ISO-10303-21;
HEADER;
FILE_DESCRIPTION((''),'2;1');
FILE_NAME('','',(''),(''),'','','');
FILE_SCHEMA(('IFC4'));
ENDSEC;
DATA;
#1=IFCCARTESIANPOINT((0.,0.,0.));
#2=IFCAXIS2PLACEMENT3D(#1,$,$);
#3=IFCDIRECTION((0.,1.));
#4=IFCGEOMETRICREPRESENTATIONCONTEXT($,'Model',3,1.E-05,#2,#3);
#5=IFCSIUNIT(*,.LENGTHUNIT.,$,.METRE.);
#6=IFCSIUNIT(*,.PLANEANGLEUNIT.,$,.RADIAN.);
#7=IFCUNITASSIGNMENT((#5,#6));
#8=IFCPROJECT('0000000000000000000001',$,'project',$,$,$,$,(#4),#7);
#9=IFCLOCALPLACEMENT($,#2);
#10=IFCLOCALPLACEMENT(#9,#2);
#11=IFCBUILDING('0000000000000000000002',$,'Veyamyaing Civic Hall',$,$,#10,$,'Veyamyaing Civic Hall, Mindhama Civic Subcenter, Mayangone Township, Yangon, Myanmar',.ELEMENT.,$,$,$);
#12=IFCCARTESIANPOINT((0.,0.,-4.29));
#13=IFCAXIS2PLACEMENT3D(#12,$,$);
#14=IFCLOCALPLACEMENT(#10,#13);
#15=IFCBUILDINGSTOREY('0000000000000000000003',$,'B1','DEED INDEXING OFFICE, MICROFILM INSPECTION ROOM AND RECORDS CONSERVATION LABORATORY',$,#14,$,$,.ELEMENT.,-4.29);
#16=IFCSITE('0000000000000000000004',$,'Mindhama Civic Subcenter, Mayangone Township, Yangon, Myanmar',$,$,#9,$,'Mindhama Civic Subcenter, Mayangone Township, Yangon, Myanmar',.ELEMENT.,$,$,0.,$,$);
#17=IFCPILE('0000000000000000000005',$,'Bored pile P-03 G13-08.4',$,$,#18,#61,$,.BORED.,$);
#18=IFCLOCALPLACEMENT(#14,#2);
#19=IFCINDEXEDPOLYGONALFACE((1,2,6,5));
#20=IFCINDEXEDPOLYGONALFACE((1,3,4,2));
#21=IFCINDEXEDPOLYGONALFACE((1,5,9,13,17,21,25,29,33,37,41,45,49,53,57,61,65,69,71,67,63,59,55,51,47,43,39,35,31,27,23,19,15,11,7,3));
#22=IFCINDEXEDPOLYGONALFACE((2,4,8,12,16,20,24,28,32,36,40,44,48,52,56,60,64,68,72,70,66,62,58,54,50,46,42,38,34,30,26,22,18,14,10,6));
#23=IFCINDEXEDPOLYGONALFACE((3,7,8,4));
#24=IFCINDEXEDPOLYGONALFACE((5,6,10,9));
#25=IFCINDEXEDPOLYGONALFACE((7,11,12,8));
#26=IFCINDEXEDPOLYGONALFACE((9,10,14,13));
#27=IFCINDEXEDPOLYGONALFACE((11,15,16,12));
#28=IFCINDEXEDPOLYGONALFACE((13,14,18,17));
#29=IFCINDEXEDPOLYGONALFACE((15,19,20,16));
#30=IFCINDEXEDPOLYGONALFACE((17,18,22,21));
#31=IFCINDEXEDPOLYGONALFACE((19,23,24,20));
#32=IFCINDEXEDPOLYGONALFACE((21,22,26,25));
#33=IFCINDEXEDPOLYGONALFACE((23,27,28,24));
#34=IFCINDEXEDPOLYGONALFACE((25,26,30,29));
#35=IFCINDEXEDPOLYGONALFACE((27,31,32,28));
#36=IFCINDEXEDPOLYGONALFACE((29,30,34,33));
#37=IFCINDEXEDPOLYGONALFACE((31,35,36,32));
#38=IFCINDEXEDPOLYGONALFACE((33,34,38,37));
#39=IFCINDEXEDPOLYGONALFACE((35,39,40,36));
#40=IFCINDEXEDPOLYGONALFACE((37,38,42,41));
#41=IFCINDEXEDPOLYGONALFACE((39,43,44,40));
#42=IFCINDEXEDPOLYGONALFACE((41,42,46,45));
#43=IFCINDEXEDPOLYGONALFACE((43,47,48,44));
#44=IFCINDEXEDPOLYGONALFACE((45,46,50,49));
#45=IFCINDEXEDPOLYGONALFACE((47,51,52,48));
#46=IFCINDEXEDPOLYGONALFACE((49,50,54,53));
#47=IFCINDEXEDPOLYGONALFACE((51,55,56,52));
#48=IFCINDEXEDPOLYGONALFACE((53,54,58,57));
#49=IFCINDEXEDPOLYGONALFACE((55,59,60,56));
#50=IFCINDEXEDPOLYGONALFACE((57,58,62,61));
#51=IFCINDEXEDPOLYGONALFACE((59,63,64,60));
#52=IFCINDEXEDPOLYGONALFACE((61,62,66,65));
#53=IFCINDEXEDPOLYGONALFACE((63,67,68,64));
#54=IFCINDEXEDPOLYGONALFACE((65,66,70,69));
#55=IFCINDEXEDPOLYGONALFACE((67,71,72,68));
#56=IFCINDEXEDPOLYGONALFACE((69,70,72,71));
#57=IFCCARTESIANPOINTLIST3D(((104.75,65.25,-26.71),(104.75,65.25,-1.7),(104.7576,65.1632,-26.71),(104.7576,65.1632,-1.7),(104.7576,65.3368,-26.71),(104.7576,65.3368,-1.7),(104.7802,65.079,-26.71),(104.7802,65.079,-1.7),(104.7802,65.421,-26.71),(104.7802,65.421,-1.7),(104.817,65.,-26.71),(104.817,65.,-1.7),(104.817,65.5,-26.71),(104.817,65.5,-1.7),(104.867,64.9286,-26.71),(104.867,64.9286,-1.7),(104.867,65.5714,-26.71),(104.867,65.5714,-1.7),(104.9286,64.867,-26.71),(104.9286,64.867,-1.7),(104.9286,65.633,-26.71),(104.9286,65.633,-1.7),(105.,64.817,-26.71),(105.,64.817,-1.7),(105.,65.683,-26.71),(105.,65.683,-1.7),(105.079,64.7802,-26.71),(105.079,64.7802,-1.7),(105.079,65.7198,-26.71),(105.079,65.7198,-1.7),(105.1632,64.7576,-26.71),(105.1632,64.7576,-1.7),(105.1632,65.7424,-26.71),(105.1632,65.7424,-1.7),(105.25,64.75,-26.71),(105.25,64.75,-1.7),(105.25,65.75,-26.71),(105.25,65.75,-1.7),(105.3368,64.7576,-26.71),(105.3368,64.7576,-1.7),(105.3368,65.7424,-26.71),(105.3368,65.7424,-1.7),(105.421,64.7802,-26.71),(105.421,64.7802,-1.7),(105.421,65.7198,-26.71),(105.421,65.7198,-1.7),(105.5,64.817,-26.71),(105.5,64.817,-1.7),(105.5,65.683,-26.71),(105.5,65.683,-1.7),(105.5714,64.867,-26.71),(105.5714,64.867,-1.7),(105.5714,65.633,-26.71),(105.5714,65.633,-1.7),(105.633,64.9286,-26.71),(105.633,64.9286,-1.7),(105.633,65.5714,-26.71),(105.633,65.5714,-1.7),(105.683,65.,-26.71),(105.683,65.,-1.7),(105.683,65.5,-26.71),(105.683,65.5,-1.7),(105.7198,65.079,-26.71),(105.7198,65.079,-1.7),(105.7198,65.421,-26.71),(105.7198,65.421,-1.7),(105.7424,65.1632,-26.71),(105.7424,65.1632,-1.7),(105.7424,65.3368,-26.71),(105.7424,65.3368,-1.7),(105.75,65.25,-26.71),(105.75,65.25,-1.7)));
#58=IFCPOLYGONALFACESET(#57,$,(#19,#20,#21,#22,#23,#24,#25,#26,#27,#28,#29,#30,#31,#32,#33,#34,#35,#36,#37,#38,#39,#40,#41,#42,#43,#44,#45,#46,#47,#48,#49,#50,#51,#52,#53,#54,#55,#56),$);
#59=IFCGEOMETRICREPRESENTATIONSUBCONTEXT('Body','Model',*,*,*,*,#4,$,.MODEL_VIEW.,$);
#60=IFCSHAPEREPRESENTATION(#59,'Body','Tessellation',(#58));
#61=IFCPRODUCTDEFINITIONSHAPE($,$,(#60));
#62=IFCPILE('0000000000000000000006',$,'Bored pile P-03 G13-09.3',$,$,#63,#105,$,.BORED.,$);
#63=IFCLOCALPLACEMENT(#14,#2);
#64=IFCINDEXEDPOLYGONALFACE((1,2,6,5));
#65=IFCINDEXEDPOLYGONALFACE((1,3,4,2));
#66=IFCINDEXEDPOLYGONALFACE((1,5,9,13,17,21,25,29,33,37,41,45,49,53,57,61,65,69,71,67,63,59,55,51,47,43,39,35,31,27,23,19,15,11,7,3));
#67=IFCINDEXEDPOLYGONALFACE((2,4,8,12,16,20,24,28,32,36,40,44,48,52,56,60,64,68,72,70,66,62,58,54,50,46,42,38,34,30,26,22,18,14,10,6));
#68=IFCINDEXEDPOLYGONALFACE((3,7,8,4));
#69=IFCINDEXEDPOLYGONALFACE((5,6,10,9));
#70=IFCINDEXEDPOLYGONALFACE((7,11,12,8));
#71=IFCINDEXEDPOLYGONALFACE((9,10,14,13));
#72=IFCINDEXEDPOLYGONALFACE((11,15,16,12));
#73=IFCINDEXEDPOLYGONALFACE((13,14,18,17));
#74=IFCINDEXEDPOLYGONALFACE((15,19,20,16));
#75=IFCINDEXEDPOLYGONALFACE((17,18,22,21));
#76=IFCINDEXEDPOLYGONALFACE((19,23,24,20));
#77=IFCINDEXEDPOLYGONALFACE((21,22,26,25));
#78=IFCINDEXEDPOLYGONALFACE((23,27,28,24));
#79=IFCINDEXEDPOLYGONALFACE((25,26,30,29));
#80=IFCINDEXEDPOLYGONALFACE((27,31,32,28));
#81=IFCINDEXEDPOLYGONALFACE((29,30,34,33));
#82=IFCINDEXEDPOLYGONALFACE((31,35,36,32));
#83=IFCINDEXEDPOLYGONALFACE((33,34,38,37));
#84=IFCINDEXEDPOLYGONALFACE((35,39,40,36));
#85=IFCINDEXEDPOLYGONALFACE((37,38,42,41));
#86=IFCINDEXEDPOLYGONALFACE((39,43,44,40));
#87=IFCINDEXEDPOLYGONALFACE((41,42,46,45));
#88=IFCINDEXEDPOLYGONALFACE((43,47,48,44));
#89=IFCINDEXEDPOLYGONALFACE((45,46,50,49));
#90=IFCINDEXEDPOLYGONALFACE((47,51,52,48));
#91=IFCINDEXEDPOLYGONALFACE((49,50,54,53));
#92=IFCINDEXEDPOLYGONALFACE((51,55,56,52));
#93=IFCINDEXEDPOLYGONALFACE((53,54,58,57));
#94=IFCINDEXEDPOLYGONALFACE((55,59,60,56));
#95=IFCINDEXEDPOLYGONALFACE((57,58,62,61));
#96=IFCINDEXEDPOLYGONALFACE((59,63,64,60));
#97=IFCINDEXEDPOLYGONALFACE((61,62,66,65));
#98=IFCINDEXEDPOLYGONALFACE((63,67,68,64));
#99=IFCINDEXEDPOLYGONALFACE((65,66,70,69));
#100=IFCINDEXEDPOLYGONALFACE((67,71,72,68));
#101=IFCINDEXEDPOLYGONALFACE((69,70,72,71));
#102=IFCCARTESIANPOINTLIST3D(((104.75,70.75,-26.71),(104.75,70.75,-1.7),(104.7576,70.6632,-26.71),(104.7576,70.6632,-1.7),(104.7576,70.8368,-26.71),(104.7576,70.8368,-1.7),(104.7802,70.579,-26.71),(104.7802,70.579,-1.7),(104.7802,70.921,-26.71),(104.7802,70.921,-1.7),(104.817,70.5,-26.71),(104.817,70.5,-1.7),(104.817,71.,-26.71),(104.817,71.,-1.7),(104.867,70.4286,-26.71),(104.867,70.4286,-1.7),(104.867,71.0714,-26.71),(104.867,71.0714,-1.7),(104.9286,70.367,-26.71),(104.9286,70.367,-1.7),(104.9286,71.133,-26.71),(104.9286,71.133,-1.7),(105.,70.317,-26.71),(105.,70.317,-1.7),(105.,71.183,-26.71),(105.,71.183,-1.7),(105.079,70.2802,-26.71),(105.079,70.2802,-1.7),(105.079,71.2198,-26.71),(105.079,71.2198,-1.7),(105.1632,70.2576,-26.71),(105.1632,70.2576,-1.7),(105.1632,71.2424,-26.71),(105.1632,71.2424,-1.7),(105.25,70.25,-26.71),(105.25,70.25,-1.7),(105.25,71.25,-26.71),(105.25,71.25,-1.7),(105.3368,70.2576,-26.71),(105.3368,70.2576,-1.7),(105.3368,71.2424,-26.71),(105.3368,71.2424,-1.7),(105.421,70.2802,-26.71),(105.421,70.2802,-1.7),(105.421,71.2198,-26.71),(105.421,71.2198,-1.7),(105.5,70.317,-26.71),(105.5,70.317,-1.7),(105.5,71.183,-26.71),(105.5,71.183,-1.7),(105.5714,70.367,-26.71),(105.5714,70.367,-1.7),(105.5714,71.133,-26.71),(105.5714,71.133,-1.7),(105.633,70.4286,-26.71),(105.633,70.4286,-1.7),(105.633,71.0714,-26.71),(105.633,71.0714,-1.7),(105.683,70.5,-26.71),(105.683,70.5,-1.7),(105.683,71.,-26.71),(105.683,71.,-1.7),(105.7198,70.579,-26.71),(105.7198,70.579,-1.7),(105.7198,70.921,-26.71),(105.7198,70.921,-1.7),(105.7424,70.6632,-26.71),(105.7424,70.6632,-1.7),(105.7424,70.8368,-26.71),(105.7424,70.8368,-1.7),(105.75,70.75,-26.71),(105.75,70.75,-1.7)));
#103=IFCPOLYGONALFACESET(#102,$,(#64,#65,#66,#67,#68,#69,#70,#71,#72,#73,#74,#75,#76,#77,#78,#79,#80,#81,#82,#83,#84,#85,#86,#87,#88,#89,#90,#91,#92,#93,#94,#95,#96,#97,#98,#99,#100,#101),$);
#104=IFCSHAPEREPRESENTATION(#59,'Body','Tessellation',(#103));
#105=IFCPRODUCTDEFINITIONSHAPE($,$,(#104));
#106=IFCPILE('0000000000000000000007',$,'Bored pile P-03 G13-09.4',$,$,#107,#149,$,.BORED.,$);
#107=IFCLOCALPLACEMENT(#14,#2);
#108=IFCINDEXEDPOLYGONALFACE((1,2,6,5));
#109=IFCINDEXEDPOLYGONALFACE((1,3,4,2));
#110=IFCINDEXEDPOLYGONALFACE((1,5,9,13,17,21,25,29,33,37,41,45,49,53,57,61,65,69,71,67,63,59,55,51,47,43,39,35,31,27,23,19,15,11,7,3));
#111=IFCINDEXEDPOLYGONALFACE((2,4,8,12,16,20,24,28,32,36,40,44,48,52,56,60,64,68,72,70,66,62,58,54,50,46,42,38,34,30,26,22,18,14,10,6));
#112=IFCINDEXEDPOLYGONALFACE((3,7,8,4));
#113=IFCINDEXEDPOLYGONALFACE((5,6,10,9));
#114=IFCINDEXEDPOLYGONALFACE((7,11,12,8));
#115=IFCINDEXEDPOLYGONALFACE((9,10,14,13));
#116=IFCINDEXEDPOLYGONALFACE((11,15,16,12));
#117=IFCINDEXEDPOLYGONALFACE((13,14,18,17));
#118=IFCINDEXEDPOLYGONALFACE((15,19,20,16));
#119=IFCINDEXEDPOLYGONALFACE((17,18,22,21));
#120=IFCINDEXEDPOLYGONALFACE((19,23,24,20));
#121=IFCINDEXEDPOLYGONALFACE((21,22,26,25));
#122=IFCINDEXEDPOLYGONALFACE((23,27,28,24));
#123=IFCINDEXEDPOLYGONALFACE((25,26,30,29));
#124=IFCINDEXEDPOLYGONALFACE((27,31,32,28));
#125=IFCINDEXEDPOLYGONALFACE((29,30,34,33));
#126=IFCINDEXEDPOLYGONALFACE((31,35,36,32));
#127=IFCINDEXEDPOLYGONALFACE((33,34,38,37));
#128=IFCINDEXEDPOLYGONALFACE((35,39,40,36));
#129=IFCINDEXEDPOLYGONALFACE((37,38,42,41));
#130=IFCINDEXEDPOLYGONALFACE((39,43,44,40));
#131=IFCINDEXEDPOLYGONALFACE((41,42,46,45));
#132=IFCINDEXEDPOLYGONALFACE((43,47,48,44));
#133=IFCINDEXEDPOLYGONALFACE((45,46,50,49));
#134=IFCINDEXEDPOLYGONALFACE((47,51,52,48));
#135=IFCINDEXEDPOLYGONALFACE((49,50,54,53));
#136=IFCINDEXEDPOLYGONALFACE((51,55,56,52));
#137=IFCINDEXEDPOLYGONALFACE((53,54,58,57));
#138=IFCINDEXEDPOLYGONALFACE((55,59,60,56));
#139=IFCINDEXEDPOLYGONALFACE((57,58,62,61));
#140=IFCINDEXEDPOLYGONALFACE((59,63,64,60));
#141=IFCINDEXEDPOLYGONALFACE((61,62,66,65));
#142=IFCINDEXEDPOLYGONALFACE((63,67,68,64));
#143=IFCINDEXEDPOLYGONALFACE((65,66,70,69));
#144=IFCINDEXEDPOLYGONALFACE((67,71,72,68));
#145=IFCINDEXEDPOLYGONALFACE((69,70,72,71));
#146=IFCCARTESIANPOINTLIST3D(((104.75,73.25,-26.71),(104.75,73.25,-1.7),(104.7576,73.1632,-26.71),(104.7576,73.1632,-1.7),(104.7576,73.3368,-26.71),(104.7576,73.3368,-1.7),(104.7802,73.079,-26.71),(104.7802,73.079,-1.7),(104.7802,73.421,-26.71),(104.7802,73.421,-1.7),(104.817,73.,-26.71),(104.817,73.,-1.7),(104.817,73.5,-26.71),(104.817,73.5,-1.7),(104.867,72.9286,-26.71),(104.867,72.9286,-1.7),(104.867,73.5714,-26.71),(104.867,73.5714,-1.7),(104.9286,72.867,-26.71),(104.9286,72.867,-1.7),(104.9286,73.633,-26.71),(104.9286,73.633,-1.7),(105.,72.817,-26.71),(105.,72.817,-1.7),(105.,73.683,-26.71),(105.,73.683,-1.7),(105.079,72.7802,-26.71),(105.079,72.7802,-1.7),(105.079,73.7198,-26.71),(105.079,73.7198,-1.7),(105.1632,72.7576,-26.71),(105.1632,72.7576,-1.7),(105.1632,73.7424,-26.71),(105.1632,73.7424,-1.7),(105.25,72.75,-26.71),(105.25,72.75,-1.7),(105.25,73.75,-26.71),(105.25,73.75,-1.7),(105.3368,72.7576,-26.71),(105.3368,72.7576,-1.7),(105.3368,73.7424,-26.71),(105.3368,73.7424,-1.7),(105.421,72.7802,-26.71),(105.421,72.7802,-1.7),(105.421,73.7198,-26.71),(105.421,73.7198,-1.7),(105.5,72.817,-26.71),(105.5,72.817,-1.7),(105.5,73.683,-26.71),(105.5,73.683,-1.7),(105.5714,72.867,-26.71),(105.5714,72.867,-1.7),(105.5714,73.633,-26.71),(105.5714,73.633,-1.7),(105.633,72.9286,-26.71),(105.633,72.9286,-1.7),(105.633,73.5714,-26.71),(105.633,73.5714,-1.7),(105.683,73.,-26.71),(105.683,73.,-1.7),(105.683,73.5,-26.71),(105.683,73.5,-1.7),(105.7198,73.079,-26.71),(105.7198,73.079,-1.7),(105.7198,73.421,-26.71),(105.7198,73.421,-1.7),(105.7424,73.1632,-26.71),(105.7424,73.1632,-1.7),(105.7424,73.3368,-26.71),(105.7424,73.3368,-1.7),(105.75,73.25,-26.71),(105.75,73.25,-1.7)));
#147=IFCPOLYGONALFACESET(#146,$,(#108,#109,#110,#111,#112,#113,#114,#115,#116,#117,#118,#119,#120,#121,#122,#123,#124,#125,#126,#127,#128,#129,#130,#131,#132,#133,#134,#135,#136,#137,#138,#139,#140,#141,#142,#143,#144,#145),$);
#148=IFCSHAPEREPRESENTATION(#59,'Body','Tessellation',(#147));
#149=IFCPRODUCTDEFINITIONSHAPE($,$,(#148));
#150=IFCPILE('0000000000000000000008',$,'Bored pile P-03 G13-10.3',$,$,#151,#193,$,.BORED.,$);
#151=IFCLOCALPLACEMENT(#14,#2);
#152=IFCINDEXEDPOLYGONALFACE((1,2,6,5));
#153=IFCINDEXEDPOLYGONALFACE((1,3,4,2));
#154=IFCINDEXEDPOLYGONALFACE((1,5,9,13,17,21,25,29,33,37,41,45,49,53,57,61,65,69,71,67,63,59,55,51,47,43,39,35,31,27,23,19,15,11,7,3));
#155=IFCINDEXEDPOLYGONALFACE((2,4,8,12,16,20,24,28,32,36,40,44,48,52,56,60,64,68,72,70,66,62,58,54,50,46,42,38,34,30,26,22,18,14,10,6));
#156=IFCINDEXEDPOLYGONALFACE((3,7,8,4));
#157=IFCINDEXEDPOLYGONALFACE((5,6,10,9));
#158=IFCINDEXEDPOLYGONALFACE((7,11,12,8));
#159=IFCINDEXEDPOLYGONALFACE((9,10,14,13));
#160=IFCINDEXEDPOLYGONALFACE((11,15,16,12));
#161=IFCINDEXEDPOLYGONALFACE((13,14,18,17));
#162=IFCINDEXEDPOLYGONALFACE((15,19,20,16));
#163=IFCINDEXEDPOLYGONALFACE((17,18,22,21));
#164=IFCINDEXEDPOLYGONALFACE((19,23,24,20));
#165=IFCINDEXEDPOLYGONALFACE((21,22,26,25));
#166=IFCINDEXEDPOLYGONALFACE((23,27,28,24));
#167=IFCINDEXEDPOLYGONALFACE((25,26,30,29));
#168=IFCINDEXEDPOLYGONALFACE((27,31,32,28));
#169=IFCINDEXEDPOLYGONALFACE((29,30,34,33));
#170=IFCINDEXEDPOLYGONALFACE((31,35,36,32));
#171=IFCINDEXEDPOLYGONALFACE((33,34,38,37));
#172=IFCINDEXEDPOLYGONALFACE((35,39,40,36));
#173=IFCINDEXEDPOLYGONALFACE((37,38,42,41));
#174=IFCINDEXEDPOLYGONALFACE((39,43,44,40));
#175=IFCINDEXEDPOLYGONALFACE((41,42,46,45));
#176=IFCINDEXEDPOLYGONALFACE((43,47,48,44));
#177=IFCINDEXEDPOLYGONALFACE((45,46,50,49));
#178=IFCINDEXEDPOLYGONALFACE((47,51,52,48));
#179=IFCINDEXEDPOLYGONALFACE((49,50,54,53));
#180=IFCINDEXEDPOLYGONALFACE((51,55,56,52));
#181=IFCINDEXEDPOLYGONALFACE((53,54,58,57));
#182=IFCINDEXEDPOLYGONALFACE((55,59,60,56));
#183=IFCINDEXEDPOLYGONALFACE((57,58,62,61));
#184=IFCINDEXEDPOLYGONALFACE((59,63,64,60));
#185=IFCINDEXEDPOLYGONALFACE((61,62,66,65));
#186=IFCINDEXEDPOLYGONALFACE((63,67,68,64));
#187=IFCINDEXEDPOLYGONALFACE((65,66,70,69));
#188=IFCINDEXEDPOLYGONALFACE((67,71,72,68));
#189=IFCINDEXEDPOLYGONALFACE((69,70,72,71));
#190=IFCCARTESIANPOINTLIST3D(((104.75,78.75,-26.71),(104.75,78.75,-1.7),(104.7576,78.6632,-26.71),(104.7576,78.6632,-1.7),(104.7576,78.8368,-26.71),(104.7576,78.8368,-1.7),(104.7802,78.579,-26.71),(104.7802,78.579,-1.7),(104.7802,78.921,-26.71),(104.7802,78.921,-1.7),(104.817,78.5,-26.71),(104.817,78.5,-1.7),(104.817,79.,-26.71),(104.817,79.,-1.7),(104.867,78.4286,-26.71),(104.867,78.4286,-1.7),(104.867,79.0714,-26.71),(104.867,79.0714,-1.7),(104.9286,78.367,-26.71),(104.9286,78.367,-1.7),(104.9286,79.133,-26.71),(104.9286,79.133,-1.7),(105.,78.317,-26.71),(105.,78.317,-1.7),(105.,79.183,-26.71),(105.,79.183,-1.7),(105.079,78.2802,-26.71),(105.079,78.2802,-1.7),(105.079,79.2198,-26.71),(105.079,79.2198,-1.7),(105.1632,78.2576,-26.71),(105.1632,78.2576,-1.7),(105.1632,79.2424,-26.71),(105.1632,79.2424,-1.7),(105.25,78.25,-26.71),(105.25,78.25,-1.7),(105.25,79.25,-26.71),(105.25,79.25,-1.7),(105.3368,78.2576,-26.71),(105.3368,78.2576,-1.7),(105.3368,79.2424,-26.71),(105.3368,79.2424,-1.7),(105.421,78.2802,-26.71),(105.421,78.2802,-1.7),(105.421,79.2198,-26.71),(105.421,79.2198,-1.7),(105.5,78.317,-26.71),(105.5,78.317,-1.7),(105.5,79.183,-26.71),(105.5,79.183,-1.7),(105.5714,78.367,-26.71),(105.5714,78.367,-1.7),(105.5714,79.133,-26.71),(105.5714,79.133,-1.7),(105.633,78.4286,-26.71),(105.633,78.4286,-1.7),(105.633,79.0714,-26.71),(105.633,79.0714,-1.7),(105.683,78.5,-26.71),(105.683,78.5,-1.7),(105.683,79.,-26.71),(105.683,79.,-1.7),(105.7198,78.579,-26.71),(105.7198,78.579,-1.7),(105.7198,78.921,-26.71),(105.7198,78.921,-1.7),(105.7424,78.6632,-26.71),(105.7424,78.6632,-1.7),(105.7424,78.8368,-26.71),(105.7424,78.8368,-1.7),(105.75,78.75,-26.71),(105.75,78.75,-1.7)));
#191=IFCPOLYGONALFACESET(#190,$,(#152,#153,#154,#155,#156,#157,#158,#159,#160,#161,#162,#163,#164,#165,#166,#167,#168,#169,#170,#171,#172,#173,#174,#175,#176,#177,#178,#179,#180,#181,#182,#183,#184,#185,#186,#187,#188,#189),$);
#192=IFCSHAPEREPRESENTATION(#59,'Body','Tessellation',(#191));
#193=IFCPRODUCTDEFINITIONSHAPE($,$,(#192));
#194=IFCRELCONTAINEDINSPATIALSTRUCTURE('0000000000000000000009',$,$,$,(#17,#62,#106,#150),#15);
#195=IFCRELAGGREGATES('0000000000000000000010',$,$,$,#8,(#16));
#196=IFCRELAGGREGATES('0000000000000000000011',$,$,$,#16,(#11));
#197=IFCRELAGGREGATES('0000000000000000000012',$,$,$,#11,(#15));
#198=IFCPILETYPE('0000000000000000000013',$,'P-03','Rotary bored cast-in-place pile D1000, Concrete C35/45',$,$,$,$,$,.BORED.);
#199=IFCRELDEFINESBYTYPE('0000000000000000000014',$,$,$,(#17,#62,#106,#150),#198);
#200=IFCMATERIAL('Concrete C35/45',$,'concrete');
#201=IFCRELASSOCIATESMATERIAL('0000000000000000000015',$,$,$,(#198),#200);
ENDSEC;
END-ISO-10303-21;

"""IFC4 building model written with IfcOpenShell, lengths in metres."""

from ifc_helpers import new_model, si_unit, direction, frame, origin, origin_2d, place, context, subcontext, project, spatial, circle, extrude, material, material_profile, profile_set, type_object, element, save


model = new_model("IFC4")

# Units and contexts
model_context = context("Model", 3, precision=1e-05, world=origin(), true_north=direction((0.0, 1.0)))
body_context = subcontext(model_context, "Body", "Model", "MODEL_VIEW")
ifc_project = project(units=[si_unit("LENGTHUNIT", "METRE"), si_unit("PLANEANGLEUNIT", "RADIAN")], contexts=[model_context])

# Site, building, storey
site_placement = place(None, origin())
site = spatial("IfcSite", under=ifc_project, at=site_placement, Name="Mindhama Civic Subcenter, Mayangone Township, Yangon, Myanmar", LongName="Mindhama Civic Subcenter, Mayangone Township, Yangon, Myanmar", CompositionType="ELEMENT", RefElevation=0.0)
building_placement = place(site_placement, origin())
building = spatial("IfcBuilding", under=site, at=building_placement, Name="Veyamyaing Civic Hall", LongName="Veyamyaing Civic Hall, Mindhama Civic Subcenter, Mayangone Township, Yangon, Myanmar", CompositionType="ELEMENT")
storey_placement = place(building_placement, frame((0.0, 0.0, -4.29)))
storey = spatial("IfcBuildingStorey", under=building, at=storey_placement, Name="B1", Description="DEED INDEXING OFFICE, MICROFILM INSPECTION ROOM AND RECORDS CONSERVATION LABORATORY", CompositionType="ELEMENT", Elevation=-4.29)

# Piles
ifc_material_1 = material(Name="Concrete C35/45", Category="concrete")
ifc_material_profile_1 = material_profile(ifc_material_1, circle(Radius=0.5, at=origin_2d()), Name="PILE-D1000")
ifc_profile_set_1 = profile_set([ifc_material_profile_1], Name="Concrete C35/45")
pile_type_1 = type_object("IfcPileType", Name="P-03", Description="Rotary bored cast-in-place pile D1000, Concrete C35/45", PredefinedType="BORED", material=ifc_profile_set_1)
for number, where, z_axis, x_axis, name in (
    (1, (105.25, 65.25, -1.7), (0.0, 0.0, -1.0), (1.0, 0.0, 0.0), "Bored pile P-03 G13-08.4"),
    (2, (105.25, 70.75, -1.7), (0.0, 0.0, -1.0), (1.0, 0.0, 0.0), "Bored pile P-03 G13-09.3"),
    (3, (105.25, 73.25, -1.7), (0.0, 0.0, -1.0), (1.0, 0.0, 0.0), "Bored pile P-03 G13-09.4"),
    (4, (105.25, 78.75, -1.7), (0.0, 0.0, -1.0), (1.0, 0.0, 0.0), "Bored pile P-03 G13-10.3"),
):
    element("IfcPile", number, at=place(storey_placement, frame(where, z_axis=z_axis, x_axis=x_axis)), inside=storey, type_object=pile_type_1, Name=name, PredefinedType="BORED", context=body_context, shape_type="SweptSolid", body=[
        extrude(circle(Radius=0.5, at=origin_2d()), origin(), (0.0, 0.0, 1.0), 25.01),
    ])

save(model, "model.ifc")
